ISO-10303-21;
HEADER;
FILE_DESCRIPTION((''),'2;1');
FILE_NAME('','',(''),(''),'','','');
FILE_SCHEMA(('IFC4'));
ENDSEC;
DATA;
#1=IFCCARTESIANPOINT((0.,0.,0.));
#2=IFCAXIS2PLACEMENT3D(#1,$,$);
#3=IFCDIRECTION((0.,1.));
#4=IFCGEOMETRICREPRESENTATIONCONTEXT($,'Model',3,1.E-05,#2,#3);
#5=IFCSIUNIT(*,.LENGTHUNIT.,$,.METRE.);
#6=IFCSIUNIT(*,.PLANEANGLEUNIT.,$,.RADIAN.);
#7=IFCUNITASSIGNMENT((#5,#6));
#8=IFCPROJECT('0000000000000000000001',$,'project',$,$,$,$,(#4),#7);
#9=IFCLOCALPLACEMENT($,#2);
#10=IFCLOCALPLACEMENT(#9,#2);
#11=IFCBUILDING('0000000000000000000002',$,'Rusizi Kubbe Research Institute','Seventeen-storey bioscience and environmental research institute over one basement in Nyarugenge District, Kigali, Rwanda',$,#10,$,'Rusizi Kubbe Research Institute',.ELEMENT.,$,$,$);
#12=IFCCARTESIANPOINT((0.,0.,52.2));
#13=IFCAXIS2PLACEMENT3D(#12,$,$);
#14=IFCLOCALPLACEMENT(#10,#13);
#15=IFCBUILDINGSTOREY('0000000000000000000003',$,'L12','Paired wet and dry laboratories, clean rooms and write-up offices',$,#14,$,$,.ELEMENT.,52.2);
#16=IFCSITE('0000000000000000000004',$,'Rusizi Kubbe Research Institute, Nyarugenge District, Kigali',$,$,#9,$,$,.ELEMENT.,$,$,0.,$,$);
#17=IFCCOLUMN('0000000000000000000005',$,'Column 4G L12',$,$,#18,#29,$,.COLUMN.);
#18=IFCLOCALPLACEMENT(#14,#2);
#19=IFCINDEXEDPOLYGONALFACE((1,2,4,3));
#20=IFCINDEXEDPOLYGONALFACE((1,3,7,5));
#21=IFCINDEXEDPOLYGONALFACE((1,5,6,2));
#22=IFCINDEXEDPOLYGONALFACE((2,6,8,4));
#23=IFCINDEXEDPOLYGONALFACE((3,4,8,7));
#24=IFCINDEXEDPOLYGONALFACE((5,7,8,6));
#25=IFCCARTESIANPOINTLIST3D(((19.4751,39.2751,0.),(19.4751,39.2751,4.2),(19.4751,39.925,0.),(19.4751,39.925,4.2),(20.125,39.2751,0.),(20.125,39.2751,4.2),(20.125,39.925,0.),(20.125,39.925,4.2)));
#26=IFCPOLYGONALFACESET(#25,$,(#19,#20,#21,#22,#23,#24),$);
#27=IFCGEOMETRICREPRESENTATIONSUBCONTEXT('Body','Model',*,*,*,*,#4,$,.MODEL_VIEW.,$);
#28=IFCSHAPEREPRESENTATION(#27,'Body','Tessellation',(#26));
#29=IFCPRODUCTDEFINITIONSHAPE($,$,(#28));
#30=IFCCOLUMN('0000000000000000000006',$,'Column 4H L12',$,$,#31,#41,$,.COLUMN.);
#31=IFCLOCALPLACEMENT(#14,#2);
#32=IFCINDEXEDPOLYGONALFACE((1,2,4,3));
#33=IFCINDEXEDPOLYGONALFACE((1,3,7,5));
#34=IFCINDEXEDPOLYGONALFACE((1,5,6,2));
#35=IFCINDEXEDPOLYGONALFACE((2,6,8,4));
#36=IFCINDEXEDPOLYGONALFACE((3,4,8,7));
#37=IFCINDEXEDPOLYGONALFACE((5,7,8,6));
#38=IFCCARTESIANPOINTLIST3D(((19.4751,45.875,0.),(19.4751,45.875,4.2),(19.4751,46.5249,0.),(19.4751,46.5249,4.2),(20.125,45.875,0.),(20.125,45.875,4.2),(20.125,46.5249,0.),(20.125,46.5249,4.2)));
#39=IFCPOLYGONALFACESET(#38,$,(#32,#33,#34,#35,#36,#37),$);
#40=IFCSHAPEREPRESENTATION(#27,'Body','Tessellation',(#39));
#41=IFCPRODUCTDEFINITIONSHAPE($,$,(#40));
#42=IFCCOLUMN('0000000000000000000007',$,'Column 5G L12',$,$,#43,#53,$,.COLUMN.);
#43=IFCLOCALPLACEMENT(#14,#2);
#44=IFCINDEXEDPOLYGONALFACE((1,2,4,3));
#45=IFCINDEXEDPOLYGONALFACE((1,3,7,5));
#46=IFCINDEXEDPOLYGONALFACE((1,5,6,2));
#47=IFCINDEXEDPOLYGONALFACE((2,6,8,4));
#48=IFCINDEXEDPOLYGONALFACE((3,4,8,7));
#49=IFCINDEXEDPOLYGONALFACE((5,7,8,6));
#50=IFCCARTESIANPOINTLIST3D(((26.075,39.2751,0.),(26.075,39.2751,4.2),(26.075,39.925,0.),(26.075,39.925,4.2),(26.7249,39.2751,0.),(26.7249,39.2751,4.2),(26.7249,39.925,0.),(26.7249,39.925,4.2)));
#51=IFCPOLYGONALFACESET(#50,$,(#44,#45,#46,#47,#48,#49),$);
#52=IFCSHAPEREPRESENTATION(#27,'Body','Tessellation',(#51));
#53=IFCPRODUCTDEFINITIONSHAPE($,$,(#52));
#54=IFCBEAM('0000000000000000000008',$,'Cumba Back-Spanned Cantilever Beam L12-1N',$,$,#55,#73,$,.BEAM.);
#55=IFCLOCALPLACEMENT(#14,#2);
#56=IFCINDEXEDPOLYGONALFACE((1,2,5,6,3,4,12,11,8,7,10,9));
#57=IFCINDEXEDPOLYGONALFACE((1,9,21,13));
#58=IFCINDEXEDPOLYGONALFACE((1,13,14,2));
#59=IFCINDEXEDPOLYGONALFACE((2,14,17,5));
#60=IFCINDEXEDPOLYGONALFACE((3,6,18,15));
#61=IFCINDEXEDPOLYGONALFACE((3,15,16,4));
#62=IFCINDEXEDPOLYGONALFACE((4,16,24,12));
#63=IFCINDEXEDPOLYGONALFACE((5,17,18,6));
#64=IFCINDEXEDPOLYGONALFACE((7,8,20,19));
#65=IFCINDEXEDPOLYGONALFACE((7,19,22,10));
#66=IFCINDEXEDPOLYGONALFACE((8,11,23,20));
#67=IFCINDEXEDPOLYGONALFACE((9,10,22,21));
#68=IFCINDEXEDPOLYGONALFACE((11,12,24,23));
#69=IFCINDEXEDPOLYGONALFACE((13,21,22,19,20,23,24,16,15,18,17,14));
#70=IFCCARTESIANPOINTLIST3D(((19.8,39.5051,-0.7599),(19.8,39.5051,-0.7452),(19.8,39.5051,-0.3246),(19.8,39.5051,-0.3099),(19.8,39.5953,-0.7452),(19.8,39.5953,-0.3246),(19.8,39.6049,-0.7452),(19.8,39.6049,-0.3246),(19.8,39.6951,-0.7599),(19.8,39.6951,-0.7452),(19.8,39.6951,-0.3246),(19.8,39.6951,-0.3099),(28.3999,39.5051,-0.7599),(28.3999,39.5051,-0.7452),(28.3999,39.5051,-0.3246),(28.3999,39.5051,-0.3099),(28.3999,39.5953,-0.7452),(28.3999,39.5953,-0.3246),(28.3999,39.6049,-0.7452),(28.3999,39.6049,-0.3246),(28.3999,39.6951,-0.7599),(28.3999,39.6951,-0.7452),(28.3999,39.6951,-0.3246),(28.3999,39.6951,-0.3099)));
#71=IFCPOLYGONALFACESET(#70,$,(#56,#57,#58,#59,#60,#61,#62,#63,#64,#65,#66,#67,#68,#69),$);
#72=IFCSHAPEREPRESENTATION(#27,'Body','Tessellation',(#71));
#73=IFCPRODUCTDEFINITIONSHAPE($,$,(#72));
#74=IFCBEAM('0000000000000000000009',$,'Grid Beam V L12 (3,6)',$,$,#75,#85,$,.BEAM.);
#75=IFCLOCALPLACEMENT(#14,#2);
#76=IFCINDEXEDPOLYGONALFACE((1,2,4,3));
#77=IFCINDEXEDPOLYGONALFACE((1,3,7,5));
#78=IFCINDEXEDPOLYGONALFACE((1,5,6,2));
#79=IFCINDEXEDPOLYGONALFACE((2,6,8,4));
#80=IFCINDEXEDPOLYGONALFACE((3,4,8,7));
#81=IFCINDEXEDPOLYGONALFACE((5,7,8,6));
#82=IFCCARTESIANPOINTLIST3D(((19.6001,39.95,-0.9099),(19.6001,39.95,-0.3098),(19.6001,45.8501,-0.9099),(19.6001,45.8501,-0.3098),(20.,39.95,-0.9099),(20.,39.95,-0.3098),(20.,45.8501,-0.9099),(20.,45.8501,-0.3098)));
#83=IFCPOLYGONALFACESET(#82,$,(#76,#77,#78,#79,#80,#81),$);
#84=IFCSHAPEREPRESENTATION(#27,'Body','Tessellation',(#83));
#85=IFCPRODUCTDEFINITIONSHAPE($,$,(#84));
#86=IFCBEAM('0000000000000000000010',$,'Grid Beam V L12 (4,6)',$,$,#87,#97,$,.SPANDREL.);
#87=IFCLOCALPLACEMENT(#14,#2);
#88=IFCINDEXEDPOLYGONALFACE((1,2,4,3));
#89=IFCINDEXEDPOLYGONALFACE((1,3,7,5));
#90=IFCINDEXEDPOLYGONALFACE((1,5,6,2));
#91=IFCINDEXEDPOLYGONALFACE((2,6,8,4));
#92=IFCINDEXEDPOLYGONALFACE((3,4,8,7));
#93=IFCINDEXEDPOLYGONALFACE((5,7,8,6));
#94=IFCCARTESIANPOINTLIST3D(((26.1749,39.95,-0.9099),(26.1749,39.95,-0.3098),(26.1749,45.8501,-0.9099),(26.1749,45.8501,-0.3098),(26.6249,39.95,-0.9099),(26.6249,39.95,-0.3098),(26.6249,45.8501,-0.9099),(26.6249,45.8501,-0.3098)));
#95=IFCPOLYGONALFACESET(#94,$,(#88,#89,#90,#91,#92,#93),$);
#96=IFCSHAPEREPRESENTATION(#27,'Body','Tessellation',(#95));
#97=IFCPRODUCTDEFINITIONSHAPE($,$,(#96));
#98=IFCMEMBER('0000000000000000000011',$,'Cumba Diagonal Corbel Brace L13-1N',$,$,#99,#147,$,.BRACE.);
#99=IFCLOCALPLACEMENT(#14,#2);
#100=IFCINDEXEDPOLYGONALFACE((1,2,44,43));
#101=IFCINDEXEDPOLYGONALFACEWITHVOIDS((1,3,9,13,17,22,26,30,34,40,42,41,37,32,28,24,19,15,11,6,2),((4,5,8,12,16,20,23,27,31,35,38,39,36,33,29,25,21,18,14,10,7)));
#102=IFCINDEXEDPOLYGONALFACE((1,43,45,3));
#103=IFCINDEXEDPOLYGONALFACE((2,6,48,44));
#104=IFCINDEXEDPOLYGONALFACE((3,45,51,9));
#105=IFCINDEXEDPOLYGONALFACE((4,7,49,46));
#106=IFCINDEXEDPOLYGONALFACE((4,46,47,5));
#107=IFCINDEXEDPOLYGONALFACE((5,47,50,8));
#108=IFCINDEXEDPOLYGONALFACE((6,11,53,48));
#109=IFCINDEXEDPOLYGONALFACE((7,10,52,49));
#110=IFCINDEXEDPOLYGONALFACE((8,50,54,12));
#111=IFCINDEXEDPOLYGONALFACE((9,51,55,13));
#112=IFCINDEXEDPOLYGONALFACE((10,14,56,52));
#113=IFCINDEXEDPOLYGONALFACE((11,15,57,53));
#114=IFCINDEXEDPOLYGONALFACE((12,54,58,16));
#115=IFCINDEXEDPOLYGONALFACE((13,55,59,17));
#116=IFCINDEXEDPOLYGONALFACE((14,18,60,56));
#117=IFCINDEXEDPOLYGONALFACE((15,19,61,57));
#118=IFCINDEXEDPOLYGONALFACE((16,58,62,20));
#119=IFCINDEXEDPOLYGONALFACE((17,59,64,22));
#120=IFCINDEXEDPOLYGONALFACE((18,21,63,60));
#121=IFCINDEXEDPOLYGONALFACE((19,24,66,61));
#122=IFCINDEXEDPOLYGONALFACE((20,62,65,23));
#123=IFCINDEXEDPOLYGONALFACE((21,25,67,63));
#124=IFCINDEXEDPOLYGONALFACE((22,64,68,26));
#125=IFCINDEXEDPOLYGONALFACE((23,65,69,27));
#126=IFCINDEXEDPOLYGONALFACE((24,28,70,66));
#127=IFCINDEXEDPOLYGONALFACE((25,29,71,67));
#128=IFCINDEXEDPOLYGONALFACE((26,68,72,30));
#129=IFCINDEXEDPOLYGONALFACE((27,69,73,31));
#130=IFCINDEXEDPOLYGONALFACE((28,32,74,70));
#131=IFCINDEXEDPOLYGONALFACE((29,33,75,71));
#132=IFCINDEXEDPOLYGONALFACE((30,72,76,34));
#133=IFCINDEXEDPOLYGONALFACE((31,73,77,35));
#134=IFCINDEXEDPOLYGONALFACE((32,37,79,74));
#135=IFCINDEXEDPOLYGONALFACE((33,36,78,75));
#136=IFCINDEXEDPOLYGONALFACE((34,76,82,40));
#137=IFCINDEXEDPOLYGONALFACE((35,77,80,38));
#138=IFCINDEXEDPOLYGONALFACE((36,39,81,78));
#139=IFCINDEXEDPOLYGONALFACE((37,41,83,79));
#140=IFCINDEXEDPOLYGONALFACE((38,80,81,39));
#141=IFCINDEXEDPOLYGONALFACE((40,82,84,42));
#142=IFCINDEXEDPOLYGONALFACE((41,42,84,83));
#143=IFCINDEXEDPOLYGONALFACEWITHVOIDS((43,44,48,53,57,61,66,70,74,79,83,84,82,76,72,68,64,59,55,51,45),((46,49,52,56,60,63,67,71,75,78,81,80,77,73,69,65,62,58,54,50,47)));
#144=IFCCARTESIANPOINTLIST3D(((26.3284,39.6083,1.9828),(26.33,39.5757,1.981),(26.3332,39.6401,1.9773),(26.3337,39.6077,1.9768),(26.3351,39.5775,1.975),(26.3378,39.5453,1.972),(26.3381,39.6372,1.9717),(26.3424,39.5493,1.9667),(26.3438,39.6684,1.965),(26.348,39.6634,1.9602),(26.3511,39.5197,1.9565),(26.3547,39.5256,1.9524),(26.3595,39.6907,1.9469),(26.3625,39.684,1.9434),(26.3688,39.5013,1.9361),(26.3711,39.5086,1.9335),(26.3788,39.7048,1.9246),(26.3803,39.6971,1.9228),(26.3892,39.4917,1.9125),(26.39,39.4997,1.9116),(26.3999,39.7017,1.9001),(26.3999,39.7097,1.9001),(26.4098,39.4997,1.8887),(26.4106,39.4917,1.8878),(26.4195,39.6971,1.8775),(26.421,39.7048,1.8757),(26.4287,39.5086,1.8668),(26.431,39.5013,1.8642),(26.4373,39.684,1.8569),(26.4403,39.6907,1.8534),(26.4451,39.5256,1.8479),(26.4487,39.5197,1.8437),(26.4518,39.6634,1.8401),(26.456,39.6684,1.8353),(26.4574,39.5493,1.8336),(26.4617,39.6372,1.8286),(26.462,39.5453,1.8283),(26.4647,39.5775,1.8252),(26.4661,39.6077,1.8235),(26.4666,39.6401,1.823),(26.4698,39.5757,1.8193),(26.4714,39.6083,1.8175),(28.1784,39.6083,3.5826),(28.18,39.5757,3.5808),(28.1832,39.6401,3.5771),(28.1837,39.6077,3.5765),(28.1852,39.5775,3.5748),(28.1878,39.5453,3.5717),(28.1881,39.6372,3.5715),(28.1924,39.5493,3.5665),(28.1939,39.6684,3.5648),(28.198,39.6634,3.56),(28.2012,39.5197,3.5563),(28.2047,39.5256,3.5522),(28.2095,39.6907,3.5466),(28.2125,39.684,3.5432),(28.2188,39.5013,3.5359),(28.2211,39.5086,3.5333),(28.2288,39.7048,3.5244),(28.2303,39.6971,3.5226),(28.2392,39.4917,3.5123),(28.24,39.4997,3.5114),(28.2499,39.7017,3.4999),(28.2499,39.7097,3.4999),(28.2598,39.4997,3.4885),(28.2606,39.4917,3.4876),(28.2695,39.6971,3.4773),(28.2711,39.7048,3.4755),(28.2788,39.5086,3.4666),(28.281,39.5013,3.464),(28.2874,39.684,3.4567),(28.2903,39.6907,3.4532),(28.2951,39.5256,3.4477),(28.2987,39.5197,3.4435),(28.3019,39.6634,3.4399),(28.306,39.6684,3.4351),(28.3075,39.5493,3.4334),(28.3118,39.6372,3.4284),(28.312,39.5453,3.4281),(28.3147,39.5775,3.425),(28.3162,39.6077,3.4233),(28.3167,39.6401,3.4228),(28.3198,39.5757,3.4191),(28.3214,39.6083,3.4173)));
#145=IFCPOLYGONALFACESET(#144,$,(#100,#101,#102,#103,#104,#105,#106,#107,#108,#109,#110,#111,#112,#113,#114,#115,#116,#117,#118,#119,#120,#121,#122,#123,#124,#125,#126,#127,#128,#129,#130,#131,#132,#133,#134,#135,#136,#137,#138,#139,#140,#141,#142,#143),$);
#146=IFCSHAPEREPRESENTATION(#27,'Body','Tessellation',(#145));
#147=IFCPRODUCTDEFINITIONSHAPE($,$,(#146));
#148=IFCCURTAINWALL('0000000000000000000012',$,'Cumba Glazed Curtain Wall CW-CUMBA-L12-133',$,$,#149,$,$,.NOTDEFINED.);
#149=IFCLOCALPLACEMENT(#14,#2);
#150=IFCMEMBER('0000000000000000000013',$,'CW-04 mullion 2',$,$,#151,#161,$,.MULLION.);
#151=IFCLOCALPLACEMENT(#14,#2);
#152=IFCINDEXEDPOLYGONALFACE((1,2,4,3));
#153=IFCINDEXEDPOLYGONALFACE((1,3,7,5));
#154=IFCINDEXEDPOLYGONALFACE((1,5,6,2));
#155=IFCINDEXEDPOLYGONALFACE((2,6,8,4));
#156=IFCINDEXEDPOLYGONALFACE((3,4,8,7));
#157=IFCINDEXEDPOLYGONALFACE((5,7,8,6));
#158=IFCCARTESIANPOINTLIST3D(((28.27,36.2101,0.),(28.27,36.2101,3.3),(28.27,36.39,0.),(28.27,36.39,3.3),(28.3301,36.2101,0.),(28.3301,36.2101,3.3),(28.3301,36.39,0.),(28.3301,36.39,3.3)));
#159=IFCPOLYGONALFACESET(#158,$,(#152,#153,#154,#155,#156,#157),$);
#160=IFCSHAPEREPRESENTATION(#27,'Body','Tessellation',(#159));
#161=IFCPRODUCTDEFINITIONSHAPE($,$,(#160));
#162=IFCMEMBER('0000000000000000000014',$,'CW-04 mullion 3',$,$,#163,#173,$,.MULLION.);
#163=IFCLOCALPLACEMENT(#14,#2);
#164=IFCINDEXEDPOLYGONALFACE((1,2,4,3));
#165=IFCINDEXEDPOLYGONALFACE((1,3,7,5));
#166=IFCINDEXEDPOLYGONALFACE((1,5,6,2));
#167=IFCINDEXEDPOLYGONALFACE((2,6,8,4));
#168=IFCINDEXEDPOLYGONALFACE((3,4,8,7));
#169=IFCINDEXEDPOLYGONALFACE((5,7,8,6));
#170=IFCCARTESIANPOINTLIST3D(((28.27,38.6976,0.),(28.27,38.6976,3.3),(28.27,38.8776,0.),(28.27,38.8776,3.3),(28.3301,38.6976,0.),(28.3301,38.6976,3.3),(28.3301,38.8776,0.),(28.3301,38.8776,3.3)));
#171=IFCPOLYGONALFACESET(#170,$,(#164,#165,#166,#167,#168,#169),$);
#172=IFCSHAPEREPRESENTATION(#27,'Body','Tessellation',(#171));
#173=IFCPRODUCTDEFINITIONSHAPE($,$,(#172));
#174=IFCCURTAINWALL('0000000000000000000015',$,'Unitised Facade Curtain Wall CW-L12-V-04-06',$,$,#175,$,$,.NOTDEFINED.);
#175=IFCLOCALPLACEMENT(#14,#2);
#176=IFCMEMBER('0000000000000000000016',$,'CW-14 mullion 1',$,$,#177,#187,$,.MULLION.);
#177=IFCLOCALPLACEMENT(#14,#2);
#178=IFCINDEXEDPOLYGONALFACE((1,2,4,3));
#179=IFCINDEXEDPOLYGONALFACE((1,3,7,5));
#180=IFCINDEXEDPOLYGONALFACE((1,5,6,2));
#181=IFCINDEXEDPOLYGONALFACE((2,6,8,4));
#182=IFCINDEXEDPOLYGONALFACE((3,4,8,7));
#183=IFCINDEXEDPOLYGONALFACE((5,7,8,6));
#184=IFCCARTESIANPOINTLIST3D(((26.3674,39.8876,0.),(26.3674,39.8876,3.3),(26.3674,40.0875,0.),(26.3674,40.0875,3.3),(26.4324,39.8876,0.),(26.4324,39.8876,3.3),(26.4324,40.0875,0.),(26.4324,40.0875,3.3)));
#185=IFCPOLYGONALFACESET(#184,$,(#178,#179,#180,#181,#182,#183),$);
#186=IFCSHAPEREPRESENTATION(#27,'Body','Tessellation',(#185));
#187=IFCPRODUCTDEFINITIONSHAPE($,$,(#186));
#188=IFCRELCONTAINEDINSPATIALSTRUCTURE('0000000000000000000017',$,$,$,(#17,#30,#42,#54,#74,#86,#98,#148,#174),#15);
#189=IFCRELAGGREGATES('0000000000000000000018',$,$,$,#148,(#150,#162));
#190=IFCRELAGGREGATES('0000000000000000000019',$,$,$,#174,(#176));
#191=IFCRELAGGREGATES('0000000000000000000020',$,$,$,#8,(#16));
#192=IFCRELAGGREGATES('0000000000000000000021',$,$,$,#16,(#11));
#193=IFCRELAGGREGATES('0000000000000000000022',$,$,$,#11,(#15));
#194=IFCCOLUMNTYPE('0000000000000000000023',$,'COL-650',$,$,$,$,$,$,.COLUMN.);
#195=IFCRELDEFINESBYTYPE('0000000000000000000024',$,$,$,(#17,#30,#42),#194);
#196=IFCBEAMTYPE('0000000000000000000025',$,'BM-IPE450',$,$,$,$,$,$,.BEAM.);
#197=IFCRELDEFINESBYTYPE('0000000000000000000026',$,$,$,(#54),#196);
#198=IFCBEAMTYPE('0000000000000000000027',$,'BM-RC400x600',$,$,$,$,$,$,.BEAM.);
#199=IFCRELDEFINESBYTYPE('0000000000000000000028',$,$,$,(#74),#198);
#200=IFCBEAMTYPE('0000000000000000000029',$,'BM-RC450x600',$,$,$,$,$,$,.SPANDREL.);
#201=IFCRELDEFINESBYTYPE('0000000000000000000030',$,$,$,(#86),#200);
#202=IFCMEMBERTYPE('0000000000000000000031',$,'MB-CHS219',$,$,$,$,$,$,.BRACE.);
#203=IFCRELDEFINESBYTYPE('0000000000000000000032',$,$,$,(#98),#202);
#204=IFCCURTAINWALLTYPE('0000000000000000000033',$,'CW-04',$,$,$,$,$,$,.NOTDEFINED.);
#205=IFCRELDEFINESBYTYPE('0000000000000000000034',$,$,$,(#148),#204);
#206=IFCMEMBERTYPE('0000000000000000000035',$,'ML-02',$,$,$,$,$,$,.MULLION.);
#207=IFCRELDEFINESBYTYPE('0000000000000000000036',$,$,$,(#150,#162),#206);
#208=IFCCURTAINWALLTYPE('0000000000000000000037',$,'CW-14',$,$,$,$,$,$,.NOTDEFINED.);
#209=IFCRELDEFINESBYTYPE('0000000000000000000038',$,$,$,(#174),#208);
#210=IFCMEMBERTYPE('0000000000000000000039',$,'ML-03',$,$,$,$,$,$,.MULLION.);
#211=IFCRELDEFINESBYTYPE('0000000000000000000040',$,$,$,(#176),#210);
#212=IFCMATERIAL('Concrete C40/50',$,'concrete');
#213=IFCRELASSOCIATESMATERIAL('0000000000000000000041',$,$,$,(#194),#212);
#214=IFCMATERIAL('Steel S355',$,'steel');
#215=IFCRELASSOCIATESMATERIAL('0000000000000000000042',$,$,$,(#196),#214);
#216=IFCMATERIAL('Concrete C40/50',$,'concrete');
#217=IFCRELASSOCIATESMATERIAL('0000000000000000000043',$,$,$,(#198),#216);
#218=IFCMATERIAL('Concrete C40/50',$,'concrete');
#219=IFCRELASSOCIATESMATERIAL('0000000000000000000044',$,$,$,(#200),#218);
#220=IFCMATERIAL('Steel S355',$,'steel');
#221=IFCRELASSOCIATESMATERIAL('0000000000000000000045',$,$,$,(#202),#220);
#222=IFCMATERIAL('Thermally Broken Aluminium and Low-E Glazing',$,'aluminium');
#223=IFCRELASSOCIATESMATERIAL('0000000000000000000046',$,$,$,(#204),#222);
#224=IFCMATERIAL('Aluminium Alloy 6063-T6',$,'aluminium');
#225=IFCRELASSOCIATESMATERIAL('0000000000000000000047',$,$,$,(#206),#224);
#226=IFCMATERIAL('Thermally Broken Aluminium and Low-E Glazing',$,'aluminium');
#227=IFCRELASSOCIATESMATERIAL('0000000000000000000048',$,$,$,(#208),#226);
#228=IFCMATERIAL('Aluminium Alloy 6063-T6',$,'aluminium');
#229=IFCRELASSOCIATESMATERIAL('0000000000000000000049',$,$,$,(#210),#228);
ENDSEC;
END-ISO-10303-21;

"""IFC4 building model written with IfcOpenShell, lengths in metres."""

from ifc_helpers import new_model, si_unit, direction, frame, origin, origin_2d, place, context, subcontext, project, spatial, rectangle, hollow_circle, i_section, extrude, material, material_profile, profile_set, type_object, element, aggregate, save


model = new_model("IFC4")

# Units and contexts
model_context = context("Model", 3, precision=1e-05, world=origin(), true_north=direction((0.0, 1.0)))
body_context = subcontext(model_context, "Body", "Model", "MODEL_VIEW")
ifc_project = project(units=[si_unit("LENGTHUNIT", "METRE"), si_unit("PLANEANGLEUNIT", "RADIAN")], contexts=[model_context])

# Site, building, storey
site_placement = place(None, origin())
site = spatial("IfcSite", under=ifc_project, at=site_placement, Name="Rusizi Kubbe Research Institute, Nyarugenge District, Kigali", CompositionType="ELEMENT", RefElevation=0.0)
building_placement = place(site_placement, origin())
building = spatial("IfcBuilding", under=site, at=building_placement, Name="Rusizi Kubbe Research Institute", Description="Seventeen-storey bioscience and environmental research institute over one basement in Nyarugenge District, Kigali, Rwanda", LongName="Rusizi Kubbe Research Institute", CompositionType="ELEMENT")
storey_placement = place(building_placement, frame((0.0, 0.0, 52.2)))
storey = spatial("IfcBuildingStorey", under=building, at=storey_placement, Name="L12", Description="Paired wet and dry laboratories, clean rooms and write-up offices", CompositionType="ELEMENT", Elevation=52.2)

# Columns
ifc_material_1 = material(Name="Concrete C40/50", Category="concrete")
ifc_material_profile_1 = material_profile(ifc_material_1, rectangle(XDim=0.6499, YDim=0.6499, at=origin_2d()), Name="RC650x650")
ifc_profile_set_1 = profile_set([ifc_material_profile_1], Name="Concrete C40/50")
column_type = type_object("IfcColumnType", Name="COL-650", PredefinedType="COLUMN", material=ifc_profile_set_1)
for number, where, z_axis, x_axis, name in (
    (1, (19.8, 39.6001, 0.0), (0.0, 0.0, 1.0), (1.0, 0.0, 0.0), "Column 4G L12"),
    (2, (19.8, 46.2, 0.0), (0.0, 0.0, 1.0), (1.0, 0.0, 0.0), "Column 4H L12"),
    (3, (26.3999, 39.6001, 0.0), (0.0, 0.0, 1.0), (1.0, 0.0, 0.0), "Column 5G L12"),
):
    element("IfcColumn", number, at=place(storey_placement, frame(where, z_axis=z_axis, x_axis=x_axis)), inside=storey, type_object=column_type, Name=name, PredefinedType="COLUMN", context=body_context, shape_type="SweptSolid", body=[
        extrude(rectangle(XDim=0.6499, YDim=0.6499, at=origin_2d()), origin(), (0.0, 0.0, 1.0), 4.2),
    ])

# Beams
ifc_material_2 = material(Name="Steel S355", Category="steel")
ifc_material_profile_2 = material_profile(ifc_material_2, i_section(OverallWidth=0.1899, OverallDepth=0.45, WebThickness=0.0095, FlangeThickness=0.0146, at=origin_2d()), Name="IPE 450")
ifc_profile_set_2 = profile_set([ifc_material_profile_2], Name="Steel S355")
beam_type_1 = type_object("IfcBeamType", Name="BM-IPE450", PredefinedType="BEAM", material=ifc_profile_set_2)
beam_1_placement = place(storey_placement, frame((19.8, 39.6001, -0.5349), z_axis=(1.0, 0.0, 0.0), x_axis=(0.0, 1.0, 0.0)))
element("IfcBeam", 4, at=beam_1_placement, inside=storey, type_object=beam_type_1, Name="Cumba Back-Spanned Cantilever Beam L12-1N", PredefinedType="BEAM", context=body_context, shape_type="SweptSolid", body=[
    extrude(i_section(OverallWidth=0.1899, OverallDepth=0.45, WebThickness=0.0095, FlangeThickness=0.0146, at=origin_2d()), origin(), (0.0, 0.0, 1.0), 8.5999),
])
ifc_material_3 = material(Name="Concrete C40/50", Category="concrete")
ifc_material_profile_3 = material_profile(ifc_material_3, rectangle(XDim=0.3999, YDim=0.6001, at=origin_2d()), Name="RC400x600")
ifc_profile_set_3 = profile_set([ifc_material_profile_3], Name="Concrete C40/50")
beam_type_2 = type_object("IfcBeamType", Name="BM-RC400x600", PredefinedType="BEAM", material=ifc_profile_set_3)
beam_2_placement = place(storey_placement, frame((19.8, 39.95, -0.6099), z_axis=(0.0, 1.0, 0.0), x_axis=(-1.0, 0.0, 0.0)))
element("IfcBeam", 5, at=beam_2_placement, inside=storey, type_object=beam_type_2, Name="Grid Beam V L12 (3,6)", PredefinedType="BEAM", context=body_context, shape_type="SweptSolid", body=[
    extrude(rectangle(XDim=0.3999, YDim=0.6001, at=origin_2d()), origin(), (0.0, 0.0, 1.0), 5.9001),
])
ifc_material_4 = material(Name="Concrete C40/50", Category="concrete")
ifc_material_profile_4 = material_profile(ifc_material_4, rectangle(XDim=0.45, YDim=0.6001, at=origin_2d()), Name="RC450x600")
ifc_profile_set_4 = profile_set([ifc_material_profile_4], Name="Concrete C40/50")
beam_type_3 = type_object("IfcBeamType", Name="BM-RC450x600", PredefinedType="SPANDREL", material=ifc_profile_set_4)
beam_3_placement = place(storey_placement, frame((26.3999, 39.95, -0.6099), z_axis=(0.0, 1.0, 0.0), x_axis=(-1.0, 0.0, 0.0)))
element("IfcBeam", 6, at=beam_3_placement, inside=storey, type_object=beam_type_3, Name="Grid Beam V L12 (4,6)", PredefinedType="SPANDREL", context=body_context, shape_type="SweptSolid", body=[
    extrude(rectangle(XDim=0.45, YDim=0.6001, at=origin_2d()), origin(), (0.0, 0.0, 1.0), 5.9001),
])

# Member
ifc_material_5 = material(Name="Steel S355", Category="steel")
ifc_material_profile_5 = material_profile(ifc_material_5, hollow_circle(Radius=0.1096, WallThickness=0.0081, at=origin_2d()), Name="CHS 219.1x8.0")
ifc_profile_set_5 = profile_set([ifc_material_profile_5], Name="Steel S355")
member_type_1 = type_object("IfcMemberType", Name="MB-CHS219", PredefinedType="BRACE", material=ifc_profile_set_5)
member_1_placement = place(storey_placement, frame((26.3999, 39.6001, 1.9001), z_axis=(0.75641, 0.0, 0.654098), x_axis=(0.0, 1.0, 0.0)))
element("IfcMember", 7, at=member_1_placement, inside=storey, type_object=member_type_1, Name="Cumba Diagonal Corbel Brace L13-1N", PredefinedType="BRACE", context=body_context, shape_type="SweptSolid", body=[
    extrude(hollow_circle(Radius=0.1096, WallThickness=0.0081, at=origin_2d()), origin(), (0.0, 0.0, 1.0), 2.4458),
])

# Curtain walls, members
ifc_material_6 = material(Name="Thermally Broken Aluminium and Low-E Glazing", Category="aluminium")
curtain_wall_type_1 = type_object("IfcCurtainWallType", Name="CW-04", PredefinedType="NOTDEFINED", material=ifc_material_6)
curtain_wall_1_placement = place(storey_placement, origin())
curtain_wall_1 = element("IfcCurtainWall", 8, at=curtain_wall_1_placement, inside=storey, type_object=curtain_wall_type_1, Name="Cumba Glazed Curtain Wall CW-CUMBA-L12-133", PredefinedType="NOTDEFINED")
ifc_material_7 = material(Name="Aluminium Alloy 6063-T6", Category="aluminium")
ifc_material_profile_6 = material_profile(ifc_material_7, rectangle(XDim=0.0601, YDim=0.1799, at=origin_2d()), Name="ALU-M 60x180")
ifc_profile_set_6 = profile_set([ifc_material_profile_6], Name="Aluminium Alloy 6063-T6")
member_type_2 = type_object("IfcMemberType", Name="ML-02", PredefinedType="MULLION", material=ifc_profile_set_6)
member_2_placement = place(storey_placement, frame((28.3, 36.3, 0.0), z_axis=(0.0, 0.0, 1.0), x_axis=(-1.0, 0.0, 0.0)))
member_2 = element("IfcMember", 9, at=member_2_placement, type_object=member_type_2, Name="CW-04 mullion 2", PredefinedType="MULLION", context=body_context, shape_type="SweptSolid", body=[
    extrude(rectangle(XDim=0.0601, YDim=0.1799, at=origin_2d()), origin(), (0.0, 0.0, 1.0), 3.3),
])
member_3_placement = place(storey_placement, frame((28.3, 38.7876, 0.0), z_axis=(0.0, 0.0, 1.0), x_axis=(-1.0, 0.0, 0.0)))
member_3 = element("IfcMember", 10, at=member_3_placement, type_object=member_type_2, Name="CW-04 mullion 3", PredefinedType="MULLION", context=body_context, shape_type="SweptSolid", body=[
    extrude(rectangle(XDim=0.0601, YDim=0.1799, at=origin_2d()), origin(), (0.0, 0.0, 1.0), 3.3),
])
ifc_material_8 = material(Name="Thermally Broken Aluminium and Low-E Glazing", Category="aluminium")
curtain_wall_type_2 = type_object("IfcCurtainWallType", Name="CW-14", PredefinedType="NOTDEFINED", material=ifc_material_8)
curtain_wall_2_placement = place(storey_placement, origin())
curtain_wall_2 = element("IfcCurtainWall", 11, at=curtain_wall_2_placement, inside=storey, type_object=curtain_wall_type_2, Name="Unitised Facade Curtain Wall CW-L12-V-04-06", PredefinedType="NOTDEFINED")
ifc_material_9 = material(Name="Aluminium Alloy 6063-T6", Category="aluminium")
ifc_material_profile_7 = material_profile(ifc_material_9, rectangle(XDim=0.0649, YDim=0.2, at=origin_2d()), Name="ALU-M 65x200")
ifc_profile_set_7 = profile_set([ifc_material_profile_7], Name="Aluminium Alloy 6063-T6")
member_type_3 = type_object("IfcMemberType", Name="ML-03", PredefinedType="MULLION", material=ifc_profile_set_7)
member_4_placement = place(storey_placement, frame((26.3999, 39.9875, 0.0), z_axis=(0.0, 0.0, 1.0), x_axis=(-1.0, 0.0, 0.0)))
member_4 = element("IfcMember", 12, at=member_4_placement, type_object=member_type_3, Name="CW-14 mullion 1", PredefinedType="MULLION", context=body_context, shape_type="SweptSolid", body=[
    extrude(rectangle(XDim=0.0649, YDim=0.2, at=origin_2d()), origin(), (0.0, 0.0, 1.0), 3.3),
])

aggregate(curtain_wall_1, [member_2, member_3])
aggregate(curtain_wall_2, [member_4])

save(model, "model.ifc")
